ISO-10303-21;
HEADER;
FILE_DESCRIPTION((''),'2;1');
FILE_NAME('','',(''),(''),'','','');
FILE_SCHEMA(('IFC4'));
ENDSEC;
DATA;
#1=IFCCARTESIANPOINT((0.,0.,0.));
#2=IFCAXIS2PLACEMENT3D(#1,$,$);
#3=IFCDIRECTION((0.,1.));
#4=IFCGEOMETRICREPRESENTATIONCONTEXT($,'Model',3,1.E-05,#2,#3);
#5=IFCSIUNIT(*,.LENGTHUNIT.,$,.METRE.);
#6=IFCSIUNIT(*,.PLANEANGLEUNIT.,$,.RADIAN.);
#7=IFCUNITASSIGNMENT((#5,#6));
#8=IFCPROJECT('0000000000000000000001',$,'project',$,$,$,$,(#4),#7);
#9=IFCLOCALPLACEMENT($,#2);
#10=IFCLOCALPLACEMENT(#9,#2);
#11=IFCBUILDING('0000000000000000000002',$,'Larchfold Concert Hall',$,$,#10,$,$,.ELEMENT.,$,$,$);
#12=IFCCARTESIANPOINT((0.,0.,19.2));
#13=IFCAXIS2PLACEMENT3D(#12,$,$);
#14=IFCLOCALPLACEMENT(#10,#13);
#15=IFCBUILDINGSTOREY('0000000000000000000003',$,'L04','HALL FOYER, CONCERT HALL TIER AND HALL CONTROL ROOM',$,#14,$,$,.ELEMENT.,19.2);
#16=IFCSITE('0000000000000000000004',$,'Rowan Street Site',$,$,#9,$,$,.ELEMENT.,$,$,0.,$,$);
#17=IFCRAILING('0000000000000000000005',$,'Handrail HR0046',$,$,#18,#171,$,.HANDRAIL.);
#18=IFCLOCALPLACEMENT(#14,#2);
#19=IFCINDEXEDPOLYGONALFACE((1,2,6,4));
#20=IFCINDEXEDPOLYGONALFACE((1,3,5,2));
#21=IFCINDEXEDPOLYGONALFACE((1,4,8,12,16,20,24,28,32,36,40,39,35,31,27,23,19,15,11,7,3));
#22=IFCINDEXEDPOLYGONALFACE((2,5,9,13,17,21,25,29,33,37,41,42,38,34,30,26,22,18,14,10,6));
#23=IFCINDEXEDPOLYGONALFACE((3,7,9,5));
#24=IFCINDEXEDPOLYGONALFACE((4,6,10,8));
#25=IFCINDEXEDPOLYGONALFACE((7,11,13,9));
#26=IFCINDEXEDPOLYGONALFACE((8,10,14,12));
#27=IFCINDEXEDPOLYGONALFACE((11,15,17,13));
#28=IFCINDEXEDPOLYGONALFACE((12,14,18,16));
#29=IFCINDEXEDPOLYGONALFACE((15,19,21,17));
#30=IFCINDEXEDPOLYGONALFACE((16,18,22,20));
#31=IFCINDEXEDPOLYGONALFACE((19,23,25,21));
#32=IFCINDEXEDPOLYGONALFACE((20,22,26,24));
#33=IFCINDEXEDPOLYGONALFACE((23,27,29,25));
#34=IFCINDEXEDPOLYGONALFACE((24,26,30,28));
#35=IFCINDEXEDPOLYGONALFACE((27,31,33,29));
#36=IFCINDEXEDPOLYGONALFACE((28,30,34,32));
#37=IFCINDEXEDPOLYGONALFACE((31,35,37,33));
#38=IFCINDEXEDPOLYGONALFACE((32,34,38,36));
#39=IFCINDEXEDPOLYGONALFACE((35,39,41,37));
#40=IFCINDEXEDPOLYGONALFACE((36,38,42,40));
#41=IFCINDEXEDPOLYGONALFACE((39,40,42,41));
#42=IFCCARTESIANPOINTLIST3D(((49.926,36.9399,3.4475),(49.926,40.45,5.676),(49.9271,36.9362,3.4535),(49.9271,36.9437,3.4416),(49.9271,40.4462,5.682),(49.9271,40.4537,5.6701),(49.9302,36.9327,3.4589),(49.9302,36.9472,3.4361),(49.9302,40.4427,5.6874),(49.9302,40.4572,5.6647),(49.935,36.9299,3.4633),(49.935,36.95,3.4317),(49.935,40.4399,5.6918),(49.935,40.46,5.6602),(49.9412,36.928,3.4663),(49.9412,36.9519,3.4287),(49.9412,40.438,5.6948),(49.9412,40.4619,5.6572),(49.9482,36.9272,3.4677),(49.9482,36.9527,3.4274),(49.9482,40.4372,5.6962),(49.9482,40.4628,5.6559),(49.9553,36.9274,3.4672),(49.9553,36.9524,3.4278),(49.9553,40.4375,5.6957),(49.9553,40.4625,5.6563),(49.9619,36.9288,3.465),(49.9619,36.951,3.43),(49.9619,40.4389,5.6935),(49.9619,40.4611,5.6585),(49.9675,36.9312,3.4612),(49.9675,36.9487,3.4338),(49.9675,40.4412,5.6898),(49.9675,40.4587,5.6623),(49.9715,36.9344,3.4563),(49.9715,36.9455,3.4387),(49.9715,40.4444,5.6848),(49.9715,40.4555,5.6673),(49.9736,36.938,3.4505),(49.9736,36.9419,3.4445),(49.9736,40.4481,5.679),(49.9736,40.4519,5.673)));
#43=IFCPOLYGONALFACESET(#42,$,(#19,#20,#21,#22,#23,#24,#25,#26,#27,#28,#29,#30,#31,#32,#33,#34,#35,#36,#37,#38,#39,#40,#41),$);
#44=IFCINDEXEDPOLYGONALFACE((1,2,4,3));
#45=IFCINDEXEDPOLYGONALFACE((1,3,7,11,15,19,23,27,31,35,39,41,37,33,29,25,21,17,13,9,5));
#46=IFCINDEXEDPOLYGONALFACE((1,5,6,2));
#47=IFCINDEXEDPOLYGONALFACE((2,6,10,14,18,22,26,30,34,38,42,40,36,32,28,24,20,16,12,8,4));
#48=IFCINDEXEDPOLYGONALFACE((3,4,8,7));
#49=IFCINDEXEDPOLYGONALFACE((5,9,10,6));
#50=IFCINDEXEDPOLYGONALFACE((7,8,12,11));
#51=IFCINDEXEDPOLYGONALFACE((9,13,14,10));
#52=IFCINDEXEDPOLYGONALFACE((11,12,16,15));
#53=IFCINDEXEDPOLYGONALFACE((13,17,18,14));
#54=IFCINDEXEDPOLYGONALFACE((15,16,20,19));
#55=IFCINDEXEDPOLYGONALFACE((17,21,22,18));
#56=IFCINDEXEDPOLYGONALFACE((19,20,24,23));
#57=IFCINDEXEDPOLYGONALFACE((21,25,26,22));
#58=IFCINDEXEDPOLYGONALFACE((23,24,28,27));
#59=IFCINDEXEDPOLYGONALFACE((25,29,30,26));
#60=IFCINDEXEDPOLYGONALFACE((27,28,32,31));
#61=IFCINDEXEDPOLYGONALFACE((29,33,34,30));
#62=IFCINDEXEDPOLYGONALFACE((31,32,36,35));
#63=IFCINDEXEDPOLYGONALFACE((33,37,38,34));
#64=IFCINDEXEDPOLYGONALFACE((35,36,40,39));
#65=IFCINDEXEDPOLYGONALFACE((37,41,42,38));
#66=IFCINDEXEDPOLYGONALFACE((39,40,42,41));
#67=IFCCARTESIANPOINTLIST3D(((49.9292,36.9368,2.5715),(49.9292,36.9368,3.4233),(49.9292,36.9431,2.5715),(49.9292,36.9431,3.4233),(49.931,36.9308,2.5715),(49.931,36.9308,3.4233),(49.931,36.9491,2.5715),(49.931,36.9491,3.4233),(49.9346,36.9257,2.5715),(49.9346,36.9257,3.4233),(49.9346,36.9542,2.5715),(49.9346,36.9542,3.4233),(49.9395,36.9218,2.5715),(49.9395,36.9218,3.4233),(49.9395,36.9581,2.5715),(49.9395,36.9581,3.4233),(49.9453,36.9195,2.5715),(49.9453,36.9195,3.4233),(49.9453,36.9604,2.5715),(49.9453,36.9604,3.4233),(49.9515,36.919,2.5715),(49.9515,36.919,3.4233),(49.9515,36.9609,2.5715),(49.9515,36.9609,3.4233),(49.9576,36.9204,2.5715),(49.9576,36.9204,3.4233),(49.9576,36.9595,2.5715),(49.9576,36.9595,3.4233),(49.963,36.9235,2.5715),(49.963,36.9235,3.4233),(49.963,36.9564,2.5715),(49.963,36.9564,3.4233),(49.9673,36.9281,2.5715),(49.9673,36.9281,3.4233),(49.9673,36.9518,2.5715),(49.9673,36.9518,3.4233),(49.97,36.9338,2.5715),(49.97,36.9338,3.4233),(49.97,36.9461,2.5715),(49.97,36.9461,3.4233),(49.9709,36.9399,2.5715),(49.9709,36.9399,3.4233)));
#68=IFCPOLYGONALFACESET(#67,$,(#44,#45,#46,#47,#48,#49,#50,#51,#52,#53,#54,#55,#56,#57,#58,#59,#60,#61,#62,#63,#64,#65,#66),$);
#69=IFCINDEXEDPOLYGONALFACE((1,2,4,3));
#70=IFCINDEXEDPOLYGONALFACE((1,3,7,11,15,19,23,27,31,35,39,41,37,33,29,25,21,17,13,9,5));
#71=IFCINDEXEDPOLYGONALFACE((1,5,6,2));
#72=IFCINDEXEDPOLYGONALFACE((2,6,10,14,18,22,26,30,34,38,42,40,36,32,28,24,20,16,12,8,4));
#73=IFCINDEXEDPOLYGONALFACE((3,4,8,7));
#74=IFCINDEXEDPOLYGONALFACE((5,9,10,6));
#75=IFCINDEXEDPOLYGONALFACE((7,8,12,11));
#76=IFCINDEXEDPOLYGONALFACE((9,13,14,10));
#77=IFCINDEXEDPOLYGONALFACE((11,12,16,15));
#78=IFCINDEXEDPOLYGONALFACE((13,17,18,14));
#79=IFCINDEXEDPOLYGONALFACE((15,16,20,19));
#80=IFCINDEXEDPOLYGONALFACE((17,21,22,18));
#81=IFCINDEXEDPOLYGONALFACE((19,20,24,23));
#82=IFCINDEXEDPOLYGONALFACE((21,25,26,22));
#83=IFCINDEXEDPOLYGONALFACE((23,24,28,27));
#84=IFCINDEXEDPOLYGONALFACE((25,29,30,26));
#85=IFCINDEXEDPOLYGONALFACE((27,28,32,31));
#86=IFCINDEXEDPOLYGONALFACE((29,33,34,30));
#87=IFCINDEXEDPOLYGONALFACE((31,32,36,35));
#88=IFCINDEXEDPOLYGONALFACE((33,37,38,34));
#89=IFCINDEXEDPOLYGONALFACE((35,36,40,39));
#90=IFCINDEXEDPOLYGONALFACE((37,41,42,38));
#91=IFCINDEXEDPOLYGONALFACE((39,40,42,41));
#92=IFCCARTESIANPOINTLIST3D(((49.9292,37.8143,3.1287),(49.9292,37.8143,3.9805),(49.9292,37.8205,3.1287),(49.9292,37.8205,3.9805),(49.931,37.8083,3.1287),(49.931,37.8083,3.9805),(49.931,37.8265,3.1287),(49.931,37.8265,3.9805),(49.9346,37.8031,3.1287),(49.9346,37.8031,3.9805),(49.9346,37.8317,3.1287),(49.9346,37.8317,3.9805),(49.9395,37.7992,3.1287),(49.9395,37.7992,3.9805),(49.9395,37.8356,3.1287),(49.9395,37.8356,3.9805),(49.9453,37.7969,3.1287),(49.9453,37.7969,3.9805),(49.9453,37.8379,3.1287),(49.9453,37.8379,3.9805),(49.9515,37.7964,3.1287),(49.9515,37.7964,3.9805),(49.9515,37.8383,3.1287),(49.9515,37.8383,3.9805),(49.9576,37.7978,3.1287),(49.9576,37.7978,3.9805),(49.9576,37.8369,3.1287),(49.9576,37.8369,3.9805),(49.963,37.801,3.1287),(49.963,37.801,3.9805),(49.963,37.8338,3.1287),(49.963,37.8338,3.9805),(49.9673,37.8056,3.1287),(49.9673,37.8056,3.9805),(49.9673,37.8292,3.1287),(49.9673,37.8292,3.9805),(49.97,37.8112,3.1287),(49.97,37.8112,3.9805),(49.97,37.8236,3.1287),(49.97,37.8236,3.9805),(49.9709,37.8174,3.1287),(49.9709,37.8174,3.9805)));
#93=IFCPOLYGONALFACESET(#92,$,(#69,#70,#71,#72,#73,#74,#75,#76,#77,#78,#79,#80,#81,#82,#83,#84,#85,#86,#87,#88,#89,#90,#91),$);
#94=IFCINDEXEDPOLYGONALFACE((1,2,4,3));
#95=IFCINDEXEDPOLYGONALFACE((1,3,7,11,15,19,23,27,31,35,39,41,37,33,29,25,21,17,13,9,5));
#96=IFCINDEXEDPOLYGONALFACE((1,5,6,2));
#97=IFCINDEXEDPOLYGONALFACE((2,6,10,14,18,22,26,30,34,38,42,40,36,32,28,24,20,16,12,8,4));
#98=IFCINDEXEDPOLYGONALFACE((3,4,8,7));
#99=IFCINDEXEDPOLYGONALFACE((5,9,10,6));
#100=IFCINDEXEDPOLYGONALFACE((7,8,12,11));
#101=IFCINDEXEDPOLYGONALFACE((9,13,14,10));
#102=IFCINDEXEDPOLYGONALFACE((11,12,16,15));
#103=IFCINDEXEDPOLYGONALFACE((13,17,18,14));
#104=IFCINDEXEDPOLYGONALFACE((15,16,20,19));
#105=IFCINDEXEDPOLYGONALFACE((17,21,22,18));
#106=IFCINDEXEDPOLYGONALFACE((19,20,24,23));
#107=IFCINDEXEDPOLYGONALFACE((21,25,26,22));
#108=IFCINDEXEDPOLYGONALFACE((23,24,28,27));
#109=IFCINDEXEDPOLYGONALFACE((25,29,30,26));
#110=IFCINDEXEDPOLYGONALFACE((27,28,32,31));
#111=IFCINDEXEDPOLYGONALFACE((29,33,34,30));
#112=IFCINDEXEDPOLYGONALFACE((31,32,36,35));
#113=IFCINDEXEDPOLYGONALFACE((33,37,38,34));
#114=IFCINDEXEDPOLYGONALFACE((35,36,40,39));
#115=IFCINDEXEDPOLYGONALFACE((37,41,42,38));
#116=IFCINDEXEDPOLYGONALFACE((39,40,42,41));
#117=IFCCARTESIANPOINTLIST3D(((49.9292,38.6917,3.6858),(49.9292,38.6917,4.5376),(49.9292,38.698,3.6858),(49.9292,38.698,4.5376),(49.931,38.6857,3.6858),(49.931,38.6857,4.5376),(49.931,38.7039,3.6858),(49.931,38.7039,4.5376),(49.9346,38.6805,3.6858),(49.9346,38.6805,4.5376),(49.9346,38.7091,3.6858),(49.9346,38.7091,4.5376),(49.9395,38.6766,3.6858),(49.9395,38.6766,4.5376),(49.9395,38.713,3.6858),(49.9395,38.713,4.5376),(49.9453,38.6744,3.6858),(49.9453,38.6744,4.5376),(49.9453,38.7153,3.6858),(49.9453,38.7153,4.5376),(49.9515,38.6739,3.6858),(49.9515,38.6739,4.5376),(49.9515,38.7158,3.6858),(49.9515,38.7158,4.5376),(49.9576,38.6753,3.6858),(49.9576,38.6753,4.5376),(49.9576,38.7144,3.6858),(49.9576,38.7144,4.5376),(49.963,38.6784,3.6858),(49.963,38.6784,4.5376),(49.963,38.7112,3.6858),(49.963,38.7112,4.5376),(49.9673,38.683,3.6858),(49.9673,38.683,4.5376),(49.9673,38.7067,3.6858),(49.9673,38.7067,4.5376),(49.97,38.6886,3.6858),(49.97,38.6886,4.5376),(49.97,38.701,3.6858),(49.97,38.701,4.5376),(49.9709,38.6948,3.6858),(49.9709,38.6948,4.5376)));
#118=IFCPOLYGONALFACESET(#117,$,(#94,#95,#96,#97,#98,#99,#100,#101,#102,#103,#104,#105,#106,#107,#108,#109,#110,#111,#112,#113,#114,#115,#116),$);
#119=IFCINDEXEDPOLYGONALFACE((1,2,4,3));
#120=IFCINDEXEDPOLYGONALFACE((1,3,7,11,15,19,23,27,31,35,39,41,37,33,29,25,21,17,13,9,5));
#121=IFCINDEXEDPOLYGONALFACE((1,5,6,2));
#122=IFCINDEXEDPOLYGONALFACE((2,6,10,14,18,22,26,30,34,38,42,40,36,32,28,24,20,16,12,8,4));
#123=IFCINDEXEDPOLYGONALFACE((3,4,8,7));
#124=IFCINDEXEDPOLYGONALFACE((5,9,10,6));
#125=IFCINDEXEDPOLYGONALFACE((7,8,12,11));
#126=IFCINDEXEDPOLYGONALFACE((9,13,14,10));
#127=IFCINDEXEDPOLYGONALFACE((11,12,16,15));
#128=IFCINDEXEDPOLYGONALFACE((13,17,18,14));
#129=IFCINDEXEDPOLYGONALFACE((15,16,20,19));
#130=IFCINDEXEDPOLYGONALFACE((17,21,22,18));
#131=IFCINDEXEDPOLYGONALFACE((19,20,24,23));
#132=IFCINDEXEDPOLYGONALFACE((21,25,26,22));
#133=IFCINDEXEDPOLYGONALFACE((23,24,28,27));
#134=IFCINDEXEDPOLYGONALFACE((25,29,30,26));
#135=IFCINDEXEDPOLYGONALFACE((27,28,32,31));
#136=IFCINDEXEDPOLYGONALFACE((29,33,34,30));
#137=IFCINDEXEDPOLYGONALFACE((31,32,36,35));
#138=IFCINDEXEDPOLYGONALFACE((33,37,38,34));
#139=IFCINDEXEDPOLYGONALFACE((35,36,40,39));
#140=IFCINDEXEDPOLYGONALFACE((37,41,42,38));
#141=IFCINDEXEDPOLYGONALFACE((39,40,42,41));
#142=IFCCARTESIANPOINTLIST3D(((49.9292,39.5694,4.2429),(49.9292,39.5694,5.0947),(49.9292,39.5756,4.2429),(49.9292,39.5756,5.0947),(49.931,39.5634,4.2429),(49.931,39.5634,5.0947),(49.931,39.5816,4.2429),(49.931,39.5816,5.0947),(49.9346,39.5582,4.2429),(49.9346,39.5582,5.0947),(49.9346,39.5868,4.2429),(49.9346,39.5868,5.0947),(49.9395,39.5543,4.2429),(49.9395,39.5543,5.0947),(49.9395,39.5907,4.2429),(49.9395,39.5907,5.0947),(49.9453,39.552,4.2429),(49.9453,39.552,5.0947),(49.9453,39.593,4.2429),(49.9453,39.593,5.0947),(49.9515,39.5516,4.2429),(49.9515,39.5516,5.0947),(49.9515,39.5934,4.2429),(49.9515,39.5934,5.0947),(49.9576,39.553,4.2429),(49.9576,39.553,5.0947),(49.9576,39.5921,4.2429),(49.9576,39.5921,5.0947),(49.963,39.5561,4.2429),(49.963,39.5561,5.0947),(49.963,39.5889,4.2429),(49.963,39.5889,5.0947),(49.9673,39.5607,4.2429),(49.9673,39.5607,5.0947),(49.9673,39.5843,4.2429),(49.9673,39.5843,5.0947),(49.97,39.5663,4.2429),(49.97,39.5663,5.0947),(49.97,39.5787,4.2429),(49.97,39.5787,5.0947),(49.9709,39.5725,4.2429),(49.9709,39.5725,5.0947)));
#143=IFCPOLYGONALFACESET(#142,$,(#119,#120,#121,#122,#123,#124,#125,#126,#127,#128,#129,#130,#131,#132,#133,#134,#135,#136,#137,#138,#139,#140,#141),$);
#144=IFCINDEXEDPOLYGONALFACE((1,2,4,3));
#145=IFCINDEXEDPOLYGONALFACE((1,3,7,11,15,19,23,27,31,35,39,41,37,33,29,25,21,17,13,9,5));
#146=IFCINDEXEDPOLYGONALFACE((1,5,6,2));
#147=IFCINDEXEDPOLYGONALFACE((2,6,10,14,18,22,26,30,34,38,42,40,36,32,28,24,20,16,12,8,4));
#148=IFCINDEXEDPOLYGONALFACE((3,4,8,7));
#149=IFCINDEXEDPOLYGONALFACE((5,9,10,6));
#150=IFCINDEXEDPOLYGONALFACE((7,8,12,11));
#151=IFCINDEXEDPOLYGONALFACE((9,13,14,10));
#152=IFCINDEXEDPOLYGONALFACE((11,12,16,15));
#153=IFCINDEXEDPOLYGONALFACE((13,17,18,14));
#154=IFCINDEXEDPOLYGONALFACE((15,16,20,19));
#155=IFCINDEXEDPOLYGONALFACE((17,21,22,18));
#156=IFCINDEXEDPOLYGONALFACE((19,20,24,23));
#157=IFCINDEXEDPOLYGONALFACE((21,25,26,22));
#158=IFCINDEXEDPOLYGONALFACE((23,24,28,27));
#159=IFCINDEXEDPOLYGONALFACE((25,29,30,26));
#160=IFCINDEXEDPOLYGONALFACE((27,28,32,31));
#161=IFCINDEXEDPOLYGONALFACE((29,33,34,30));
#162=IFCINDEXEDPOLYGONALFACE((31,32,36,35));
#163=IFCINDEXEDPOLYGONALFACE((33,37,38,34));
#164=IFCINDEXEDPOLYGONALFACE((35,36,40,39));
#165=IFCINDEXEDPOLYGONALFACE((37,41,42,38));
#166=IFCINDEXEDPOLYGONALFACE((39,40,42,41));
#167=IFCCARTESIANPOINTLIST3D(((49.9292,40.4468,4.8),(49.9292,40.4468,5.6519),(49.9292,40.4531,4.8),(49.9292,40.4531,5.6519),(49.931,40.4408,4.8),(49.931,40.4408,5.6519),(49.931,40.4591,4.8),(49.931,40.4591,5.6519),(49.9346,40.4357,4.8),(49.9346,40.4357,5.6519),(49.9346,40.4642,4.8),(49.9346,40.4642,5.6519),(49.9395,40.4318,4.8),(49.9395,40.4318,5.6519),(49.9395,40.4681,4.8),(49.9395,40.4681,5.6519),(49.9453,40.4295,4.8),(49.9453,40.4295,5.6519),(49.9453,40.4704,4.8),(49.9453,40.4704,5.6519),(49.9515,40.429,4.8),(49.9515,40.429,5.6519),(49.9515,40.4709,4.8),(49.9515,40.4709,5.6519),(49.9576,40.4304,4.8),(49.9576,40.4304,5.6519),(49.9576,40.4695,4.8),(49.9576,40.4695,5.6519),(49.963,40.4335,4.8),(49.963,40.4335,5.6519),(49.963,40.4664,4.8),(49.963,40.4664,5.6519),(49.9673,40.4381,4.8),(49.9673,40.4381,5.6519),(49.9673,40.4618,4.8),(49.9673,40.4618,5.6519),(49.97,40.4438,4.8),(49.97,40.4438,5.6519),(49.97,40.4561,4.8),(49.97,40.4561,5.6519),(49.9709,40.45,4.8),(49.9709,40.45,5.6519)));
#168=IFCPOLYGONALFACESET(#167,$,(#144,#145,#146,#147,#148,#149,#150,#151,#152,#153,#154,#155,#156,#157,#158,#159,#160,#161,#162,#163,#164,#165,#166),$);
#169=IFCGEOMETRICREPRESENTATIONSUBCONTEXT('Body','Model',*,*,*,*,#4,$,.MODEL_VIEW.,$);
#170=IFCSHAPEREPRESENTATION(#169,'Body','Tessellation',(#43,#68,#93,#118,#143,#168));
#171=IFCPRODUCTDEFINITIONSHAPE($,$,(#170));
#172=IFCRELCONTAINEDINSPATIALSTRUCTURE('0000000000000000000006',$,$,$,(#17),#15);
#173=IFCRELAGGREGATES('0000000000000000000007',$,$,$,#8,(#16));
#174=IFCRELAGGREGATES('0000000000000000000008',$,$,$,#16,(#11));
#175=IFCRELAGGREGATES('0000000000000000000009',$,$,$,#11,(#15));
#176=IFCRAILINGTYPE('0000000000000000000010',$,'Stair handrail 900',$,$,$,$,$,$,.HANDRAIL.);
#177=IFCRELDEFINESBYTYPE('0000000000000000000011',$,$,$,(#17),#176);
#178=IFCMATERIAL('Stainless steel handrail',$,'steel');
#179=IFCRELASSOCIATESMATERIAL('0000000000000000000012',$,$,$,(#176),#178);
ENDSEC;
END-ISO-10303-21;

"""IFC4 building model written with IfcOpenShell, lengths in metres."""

from ifc_helpers import new_model, si_unit, direction, frame, origin, origin_2d, place, context, subcontext, project, spatial, circle, extrude, material, type_object, element, save


model = new_model("IFC4")

# Units and contexts
model_context = context("Model", 3, precision=1e-05, world=origin(), true_north=direction((0.0, 1.0)))
body_context = subcontext(model_context, "Body", "Model", "MODEL_VIEW")
ifc_project = project(units=[si_unit("LENGTHUNIT", "METRE"), si_unit("PLANEANGLEUNIT", "RADIAN")], contexts=[model_context])

# Site, building, storey
site_placement = place(None, origin())
site = spatial("IfcSite", under=ifc_project, at=site_placement, Name="Rowan Street Site", CompositionType="ELEMENT", RefElevation=0.0)
building_placement = place(site_placement, origin())
building = spatial("IfcBuilding", under=site, at=building_placement, Name="Larchfold Concert Hall", CompositionType="ELEMENT")
storey_placement = place(building_placement, frame((0.0, 0.0, 19.2)))
storey = spatial("IfcBuildingStorey", under=building, at=storey_placement, Name="L04", Description="HALL FOYER, CONCERT HALL TIER AND HALL CONTROL ROOM", CompositionType="ELEMENT", Elevation=19.2)

# Railing
ifc_material_1 = material(Name="Stainless steel handrail", Category="steel")
railing_type_1 = type_object("IfcRailingType", Name="Stair handrail 900", PredefinedType="HANDRAIL", material=ifc_material_1)
railing_1_placement = place(storey_placement, frame((49.95, 36.9399, 2.5715)))
element("IfcRailing", 1, at=railing_1_placement, inside=storey, type_object=railing_type_1, Name="Handrail HR0046", PredefinedType="HANDRAIL", context=body_context, shape_type="SweptSolid", body=[
    extrude(circle(Radius=0.0239, at=origin_2d()), frame((0.0, 0.0, 0.876), z_axis=(0.0, 0.84422, 0.535998), x_axis=(-1.0, 0.0, 0.0)), (0.0, 0.0, 1.0), 4.1577),
    extrude(circle(Radius=0.021, at=origin_2d()), origin(), (0.0, 0.0, 1.0), 0.8518),
    extrude(circle(Radius=0.021, at=origin_2d()), frame((0.0, 0.8774, 0.5571)), (0.0, 0.0, 1.0), 0.8518),
    extrude(circle(Radius=0.021, at=origin_2d()), frame((0.0, 1.7549, 1.1143)), (0.0, 0.0, 1.0), 0.8518),
    extrude(circle(Radius=0.021, at=origin_2d()), frame((0.0, 2.6326, 1.6714)), (0.0, 0.0, 1.0), 0.8518),
    extrude(circle(Radius=0.021, at=origin_2d()), frame((0.0, 3.51, 2.2285)), (0.0, 0.0, 1.0), 0.8518),
])

save(model, "model.ifc")
